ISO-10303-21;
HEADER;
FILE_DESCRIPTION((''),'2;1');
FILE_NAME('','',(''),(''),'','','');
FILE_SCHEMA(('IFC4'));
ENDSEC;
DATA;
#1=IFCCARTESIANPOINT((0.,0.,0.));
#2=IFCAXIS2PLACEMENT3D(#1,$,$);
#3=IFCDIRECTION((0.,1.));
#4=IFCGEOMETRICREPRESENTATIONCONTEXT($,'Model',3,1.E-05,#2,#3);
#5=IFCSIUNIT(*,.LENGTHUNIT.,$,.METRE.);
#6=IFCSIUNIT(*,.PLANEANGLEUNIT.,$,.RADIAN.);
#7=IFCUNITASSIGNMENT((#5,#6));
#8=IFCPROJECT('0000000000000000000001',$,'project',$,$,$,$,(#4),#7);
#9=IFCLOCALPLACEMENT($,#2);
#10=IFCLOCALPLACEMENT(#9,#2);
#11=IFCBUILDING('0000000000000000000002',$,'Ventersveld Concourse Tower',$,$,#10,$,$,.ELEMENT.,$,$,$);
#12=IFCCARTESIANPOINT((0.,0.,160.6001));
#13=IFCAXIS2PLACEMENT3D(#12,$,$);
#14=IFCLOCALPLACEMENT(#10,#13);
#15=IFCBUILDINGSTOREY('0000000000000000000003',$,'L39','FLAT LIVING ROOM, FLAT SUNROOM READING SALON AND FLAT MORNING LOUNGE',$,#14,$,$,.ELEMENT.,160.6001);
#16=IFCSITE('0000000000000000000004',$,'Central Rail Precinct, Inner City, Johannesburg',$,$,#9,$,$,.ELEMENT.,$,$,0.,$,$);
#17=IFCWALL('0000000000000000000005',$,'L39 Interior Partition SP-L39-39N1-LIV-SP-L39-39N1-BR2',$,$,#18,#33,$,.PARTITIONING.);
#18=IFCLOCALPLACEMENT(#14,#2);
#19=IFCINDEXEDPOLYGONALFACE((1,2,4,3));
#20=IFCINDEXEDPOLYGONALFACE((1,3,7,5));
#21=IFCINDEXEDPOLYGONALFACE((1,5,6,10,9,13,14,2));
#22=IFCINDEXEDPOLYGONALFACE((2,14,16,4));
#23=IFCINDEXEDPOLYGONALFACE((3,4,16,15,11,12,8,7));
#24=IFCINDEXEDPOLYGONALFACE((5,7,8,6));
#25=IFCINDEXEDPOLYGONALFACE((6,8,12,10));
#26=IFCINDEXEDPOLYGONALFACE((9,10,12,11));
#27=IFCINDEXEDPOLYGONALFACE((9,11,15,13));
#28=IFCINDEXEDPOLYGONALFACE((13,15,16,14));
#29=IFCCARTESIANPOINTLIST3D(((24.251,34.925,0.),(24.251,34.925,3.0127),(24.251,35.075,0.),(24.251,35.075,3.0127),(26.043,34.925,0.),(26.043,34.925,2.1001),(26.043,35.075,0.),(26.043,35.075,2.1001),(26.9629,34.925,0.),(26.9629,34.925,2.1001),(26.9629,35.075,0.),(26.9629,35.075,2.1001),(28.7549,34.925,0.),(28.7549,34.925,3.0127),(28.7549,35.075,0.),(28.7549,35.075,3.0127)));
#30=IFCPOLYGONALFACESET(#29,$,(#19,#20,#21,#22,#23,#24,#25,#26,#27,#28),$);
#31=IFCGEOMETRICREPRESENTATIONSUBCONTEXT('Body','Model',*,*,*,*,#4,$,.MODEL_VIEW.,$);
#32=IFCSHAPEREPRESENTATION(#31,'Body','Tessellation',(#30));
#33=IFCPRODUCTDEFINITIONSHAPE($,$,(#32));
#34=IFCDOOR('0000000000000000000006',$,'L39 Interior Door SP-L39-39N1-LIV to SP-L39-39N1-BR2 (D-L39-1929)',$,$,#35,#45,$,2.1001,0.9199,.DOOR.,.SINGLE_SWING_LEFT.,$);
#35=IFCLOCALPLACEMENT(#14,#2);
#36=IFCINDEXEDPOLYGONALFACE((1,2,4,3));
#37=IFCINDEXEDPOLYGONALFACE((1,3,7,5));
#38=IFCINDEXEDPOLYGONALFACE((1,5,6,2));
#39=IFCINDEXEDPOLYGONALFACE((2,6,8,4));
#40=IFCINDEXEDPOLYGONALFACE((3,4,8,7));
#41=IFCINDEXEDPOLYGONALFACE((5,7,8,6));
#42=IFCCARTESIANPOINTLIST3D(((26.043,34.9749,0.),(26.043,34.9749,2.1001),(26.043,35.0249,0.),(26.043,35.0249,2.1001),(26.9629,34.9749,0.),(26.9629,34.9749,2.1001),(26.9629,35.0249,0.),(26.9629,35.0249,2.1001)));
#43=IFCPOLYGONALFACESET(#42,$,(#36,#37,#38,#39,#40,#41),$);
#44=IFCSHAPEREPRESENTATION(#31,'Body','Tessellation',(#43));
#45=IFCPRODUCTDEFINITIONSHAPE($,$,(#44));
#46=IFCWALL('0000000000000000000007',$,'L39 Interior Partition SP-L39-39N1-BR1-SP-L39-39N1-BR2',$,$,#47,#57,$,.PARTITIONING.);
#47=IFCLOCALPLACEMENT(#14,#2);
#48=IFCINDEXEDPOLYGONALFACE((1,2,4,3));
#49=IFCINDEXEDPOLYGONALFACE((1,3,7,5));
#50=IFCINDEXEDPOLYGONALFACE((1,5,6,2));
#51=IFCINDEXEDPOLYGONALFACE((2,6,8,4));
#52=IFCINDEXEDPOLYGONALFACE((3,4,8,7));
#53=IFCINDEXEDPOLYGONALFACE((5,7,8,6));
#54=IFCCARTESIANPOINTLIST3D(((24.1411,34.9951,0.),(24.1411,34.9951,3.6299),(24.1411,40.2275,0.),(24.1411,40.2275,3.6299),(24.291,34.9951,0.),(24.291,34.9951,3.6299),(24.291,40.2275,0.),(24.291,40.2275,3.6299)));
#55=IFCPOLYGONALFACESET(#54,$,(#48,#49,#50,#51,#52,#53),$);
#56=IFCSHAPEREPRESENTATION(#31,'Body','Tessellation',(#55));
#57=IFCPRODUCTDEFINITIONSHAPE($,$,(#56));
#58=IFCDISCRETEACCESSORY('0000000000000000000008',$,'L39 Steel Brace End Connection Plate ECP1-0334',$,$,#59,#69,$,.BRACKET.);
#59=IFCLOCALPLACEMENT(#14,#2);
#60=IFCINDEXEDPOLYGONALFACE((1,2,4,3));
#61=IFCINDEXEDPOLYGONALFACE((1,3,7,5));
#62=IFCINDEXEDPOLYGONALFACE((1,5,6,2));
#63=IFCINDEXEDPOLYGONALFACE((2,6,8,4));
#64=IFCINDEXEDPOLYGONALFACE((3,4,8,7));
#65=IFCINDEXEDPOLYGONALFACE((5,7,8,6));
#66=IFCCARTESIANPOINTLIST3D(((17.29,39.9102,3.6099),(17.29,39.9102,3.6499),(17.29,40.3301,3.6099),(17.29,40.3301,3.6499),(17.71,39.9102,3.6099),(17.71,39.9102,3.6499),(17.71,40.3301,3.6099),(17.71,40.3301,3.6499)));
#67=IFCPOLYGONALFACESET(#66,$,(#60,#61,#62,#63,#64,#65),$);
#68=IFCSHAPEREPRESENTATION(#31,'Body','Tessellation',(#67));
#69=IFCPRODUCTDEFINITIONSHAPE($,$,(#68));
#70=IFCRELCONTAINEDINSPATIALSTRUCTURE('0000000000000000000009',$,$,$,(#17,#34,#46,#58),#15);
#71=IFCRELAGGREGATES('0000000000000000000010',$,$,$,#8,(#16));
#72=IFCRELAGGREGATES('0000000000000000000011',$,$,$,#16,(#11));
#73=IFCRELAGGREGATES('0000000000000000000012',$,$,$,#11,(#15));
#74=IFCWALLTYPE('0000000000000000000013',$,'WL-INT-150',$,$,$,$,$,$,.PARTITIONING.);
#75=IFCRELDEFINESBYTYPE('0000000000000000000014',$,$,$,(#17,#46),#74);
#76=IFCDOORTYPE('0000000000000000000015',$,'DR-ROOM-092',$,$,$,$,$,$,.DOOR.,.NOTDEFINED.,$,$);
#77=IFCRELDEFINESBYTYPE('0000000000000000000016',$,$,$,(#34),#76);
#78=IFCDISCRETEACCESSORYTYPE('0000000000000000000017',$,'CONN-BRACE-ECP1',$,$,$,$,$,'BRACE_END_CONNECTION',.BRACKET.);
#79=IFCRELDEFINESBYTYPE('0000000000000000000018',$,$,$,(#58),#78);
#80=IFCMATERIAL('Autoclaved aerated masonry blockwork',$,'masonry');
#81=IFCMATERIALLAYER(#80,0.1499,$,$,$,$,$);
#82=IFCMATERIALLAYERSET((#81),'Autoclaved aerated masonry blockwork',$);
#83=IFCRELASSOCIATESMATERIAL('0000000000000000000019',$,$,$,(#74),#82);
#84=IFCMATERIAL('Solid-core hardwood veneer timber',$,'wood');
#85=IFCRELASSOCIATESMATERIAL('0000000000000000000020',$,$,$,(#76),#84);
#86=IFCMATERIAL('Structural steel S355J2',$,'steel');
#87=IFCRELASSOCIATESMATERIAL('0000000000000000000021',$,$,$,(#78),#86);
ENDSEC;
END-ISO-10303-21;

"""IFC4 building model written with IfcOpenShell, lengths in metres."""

from ifc_helpers import new_model, si_unit, direction, frame, frame_2d, origin, origin_2d, place, context, subcontext, project, spatial, rectangle, extrude, material, layer, layer_set, type_object, element, fill, save


model = new_model("IFC4")

# Units and contexts
model_context = context("Model", 3, precision=1e-05, world=origin(), true_north=direction((0.0, 1.0)))
body_context = subcontext(model_context, "Body", "Model", "MODEL_VIEW")
ifc_project = project(units=[si_unit("LENGTHUNIT", "METRE"), si_unit("PLANEANGLEUNIT", "RADIAN")], contexts=[model_context])

# Site, building, storey
site_placement = place(None, origin())
site = spatial("IfcSite", under=ifc_project, at=site_placement, Name="Central Rail Precinct, Inner City, Johannesburg", CompositionType="ELEMENT", RefElevation=0.0)
building_placement = place(site_placement, origin())
building = spatial("IfcBuilding", under=site, at=building_placement, Name="Ventersveld Concourse Tower", CompositionType="ELEMENT")
storey_placement = place(building_placement, frame((0.0, 0.0, 160.6001)))
storey = spatial("IfcBuildingStorey", under=building, at=storey_placement, Name="L39", Description="FLAT LIVING ROOM, FLAT SUNROOM READING SALON AND FLAT MORNING LOUNGE", CompositionType="ELEMENT", Elevation=160.6001)

# Shared definitions
ifc_material_1 = material(Name="Structural steel S355J2", Category="steel")

# Shared definitions
ifc_material_2 = material(Name="Autoclaved aerated masonry blockwork", Category="masonry")
ifc_layer_1 = layer(ifc_material_2, 0.1499)
ifc_layer_set_1 = layer_set([ifc_layer_1], Name="Autoclaved aerated masonry blockwork")
wall_type_1 = type_object("IfcWallType", Name="WL-INT-150", PredefinedType="PARTITIONING", material=ifc_layer_set_1)
ifc_material_3 = material(Name="Solid-core hardwood veneer timber", Category="wood")
door_type = type_object("IfcDoorType", Name="DR-ROOM-092", OperationType="NOTDEFINED", PredefinedType="DOOR", material=ifc_material_3)

# Wall, opening, door
wall_1_placement = place(storey_placement, frame((24.251, 35.0, 0.0), z_axis=(0.0, 0.0, 1.0), x_axis=(1.0, 0.0, 0.0)))
wall_1 = element("IfcWall", 1, at=wall_1_placement, inside=storey, type_object=wall_type_1, Name="L39 Interior Partition SP-L39-39N1-LIV-SP-L39-39N1-BR2", PredefinedType="PARTITIONING", context=body_context, shape_type="SweptSolid", body=[
    extrude(rectangle(XDim=4.5039, YDim=0.1499, at=frame_2d((2.252, 0.0))), origin(), (0.0, 0.0, 1.0), 3.0127),
])
opening_1_placement = place(wall_1_placement, frame((1.792, 0.0, 0.0)))
opening_1 = element("IfcOpeningElement", 2, at=opening_1_placement, cuts=wall_1, PredefinedType="OPENING", context=body_context, shape_type="SweptSolid", body=[
    extrude(rectangle(XDim=0.9199, YDim=2.1001, at=frame_2d((0.46, 1.05))), frame((0.0, 0.085, 0.0), z_axis=(0.0, -1.0, 0.0), x_axis=(1.0, 0.0, 0.0)), (0.0, 0.0, 1.0), 0.1699),
])
door_1_placement = place(opening_1_placement, origin())
door_1 = element("IfcDoor", 3, at=door_1_placement, inside=storey, type_object=door_type, Name="L39 Interior Door SP-L39-39N1-LIV to SP-L39-39N1-BR2 (D-L39-1929)", OperationType="SINGLE_SWING_LEFT", OverallHeight=2.1001, OverallWidth=0.9199, PredefinedType="DOOR", context=body_context, shape_type="SweptSolid", body=[
    extrude(rectangle(XDim=0.9199, YDim=2.1001, at=frame_2d((0.46, 1.05))), frame((0.0, 0.0249, 0.0), z_axis=(0.0, -1.0, 0.0), x_axis=(1.0, 0.0, 0.0)), (0.0, 0.0, 1.0), 0.05),
])
fill(opening_1, door_1)

# Wall
wall_2_placement = place(storey_placement, frame((24.2161, 34.9951, 0.0), z_axis=(0.0, 0.0, 1.0), x_axis=(0.0, 1.0, 0.0)))
element("IfcWall", 4, at=wall_2_placement, inside=storey, type_object=wall_type_1, Name="L39 Interior Partition SP-L39-39N1-BR1-SP-L39-39N1-BR2", PredefinedType="PARTITIONING", context=body_context, shape_type="SweptSolid", body=[
    extrude(rectangle(XDim=5.2324, YDim=0.1499, at=frame_2d((2.6162, 0.0))), origin(), (0.0, 0.0, 1.0), 3.6299),
])

# Discrete accessory
discrete_accessory_type = type_object("IfcDiscreteAccessoryType", Name="CONN-BRACE-ECP1", ElementType="BRACE_END_CONNECTION", PredefinedType="BRACKET", material=ifc_material_1)
discrete_accessory_placement = place(storey_placement, frame((17.5, 40.1201, 3.6099), z_axis=(0.0, 0.0, 1.0), x_axis=(1.0, 0.0, 0.0)))
element("IfcDiscreteAccessory", 5, at=discrete_accessory_placement, inside=storey, type_object=discrete_accessory_type, Name="L39 Steel Brace End Connection Plate ECP1-0334", PredefinedType="BRACKET", context=body_context, shape_type="SweptSolid", body=[
    extrude(rectangle(XDim=0.4199, YDim=0.4199, at=origin_2d()), origin(), (0.0, 0.0, 1.0), 0.04),
])

save(model, "model.ifc")
